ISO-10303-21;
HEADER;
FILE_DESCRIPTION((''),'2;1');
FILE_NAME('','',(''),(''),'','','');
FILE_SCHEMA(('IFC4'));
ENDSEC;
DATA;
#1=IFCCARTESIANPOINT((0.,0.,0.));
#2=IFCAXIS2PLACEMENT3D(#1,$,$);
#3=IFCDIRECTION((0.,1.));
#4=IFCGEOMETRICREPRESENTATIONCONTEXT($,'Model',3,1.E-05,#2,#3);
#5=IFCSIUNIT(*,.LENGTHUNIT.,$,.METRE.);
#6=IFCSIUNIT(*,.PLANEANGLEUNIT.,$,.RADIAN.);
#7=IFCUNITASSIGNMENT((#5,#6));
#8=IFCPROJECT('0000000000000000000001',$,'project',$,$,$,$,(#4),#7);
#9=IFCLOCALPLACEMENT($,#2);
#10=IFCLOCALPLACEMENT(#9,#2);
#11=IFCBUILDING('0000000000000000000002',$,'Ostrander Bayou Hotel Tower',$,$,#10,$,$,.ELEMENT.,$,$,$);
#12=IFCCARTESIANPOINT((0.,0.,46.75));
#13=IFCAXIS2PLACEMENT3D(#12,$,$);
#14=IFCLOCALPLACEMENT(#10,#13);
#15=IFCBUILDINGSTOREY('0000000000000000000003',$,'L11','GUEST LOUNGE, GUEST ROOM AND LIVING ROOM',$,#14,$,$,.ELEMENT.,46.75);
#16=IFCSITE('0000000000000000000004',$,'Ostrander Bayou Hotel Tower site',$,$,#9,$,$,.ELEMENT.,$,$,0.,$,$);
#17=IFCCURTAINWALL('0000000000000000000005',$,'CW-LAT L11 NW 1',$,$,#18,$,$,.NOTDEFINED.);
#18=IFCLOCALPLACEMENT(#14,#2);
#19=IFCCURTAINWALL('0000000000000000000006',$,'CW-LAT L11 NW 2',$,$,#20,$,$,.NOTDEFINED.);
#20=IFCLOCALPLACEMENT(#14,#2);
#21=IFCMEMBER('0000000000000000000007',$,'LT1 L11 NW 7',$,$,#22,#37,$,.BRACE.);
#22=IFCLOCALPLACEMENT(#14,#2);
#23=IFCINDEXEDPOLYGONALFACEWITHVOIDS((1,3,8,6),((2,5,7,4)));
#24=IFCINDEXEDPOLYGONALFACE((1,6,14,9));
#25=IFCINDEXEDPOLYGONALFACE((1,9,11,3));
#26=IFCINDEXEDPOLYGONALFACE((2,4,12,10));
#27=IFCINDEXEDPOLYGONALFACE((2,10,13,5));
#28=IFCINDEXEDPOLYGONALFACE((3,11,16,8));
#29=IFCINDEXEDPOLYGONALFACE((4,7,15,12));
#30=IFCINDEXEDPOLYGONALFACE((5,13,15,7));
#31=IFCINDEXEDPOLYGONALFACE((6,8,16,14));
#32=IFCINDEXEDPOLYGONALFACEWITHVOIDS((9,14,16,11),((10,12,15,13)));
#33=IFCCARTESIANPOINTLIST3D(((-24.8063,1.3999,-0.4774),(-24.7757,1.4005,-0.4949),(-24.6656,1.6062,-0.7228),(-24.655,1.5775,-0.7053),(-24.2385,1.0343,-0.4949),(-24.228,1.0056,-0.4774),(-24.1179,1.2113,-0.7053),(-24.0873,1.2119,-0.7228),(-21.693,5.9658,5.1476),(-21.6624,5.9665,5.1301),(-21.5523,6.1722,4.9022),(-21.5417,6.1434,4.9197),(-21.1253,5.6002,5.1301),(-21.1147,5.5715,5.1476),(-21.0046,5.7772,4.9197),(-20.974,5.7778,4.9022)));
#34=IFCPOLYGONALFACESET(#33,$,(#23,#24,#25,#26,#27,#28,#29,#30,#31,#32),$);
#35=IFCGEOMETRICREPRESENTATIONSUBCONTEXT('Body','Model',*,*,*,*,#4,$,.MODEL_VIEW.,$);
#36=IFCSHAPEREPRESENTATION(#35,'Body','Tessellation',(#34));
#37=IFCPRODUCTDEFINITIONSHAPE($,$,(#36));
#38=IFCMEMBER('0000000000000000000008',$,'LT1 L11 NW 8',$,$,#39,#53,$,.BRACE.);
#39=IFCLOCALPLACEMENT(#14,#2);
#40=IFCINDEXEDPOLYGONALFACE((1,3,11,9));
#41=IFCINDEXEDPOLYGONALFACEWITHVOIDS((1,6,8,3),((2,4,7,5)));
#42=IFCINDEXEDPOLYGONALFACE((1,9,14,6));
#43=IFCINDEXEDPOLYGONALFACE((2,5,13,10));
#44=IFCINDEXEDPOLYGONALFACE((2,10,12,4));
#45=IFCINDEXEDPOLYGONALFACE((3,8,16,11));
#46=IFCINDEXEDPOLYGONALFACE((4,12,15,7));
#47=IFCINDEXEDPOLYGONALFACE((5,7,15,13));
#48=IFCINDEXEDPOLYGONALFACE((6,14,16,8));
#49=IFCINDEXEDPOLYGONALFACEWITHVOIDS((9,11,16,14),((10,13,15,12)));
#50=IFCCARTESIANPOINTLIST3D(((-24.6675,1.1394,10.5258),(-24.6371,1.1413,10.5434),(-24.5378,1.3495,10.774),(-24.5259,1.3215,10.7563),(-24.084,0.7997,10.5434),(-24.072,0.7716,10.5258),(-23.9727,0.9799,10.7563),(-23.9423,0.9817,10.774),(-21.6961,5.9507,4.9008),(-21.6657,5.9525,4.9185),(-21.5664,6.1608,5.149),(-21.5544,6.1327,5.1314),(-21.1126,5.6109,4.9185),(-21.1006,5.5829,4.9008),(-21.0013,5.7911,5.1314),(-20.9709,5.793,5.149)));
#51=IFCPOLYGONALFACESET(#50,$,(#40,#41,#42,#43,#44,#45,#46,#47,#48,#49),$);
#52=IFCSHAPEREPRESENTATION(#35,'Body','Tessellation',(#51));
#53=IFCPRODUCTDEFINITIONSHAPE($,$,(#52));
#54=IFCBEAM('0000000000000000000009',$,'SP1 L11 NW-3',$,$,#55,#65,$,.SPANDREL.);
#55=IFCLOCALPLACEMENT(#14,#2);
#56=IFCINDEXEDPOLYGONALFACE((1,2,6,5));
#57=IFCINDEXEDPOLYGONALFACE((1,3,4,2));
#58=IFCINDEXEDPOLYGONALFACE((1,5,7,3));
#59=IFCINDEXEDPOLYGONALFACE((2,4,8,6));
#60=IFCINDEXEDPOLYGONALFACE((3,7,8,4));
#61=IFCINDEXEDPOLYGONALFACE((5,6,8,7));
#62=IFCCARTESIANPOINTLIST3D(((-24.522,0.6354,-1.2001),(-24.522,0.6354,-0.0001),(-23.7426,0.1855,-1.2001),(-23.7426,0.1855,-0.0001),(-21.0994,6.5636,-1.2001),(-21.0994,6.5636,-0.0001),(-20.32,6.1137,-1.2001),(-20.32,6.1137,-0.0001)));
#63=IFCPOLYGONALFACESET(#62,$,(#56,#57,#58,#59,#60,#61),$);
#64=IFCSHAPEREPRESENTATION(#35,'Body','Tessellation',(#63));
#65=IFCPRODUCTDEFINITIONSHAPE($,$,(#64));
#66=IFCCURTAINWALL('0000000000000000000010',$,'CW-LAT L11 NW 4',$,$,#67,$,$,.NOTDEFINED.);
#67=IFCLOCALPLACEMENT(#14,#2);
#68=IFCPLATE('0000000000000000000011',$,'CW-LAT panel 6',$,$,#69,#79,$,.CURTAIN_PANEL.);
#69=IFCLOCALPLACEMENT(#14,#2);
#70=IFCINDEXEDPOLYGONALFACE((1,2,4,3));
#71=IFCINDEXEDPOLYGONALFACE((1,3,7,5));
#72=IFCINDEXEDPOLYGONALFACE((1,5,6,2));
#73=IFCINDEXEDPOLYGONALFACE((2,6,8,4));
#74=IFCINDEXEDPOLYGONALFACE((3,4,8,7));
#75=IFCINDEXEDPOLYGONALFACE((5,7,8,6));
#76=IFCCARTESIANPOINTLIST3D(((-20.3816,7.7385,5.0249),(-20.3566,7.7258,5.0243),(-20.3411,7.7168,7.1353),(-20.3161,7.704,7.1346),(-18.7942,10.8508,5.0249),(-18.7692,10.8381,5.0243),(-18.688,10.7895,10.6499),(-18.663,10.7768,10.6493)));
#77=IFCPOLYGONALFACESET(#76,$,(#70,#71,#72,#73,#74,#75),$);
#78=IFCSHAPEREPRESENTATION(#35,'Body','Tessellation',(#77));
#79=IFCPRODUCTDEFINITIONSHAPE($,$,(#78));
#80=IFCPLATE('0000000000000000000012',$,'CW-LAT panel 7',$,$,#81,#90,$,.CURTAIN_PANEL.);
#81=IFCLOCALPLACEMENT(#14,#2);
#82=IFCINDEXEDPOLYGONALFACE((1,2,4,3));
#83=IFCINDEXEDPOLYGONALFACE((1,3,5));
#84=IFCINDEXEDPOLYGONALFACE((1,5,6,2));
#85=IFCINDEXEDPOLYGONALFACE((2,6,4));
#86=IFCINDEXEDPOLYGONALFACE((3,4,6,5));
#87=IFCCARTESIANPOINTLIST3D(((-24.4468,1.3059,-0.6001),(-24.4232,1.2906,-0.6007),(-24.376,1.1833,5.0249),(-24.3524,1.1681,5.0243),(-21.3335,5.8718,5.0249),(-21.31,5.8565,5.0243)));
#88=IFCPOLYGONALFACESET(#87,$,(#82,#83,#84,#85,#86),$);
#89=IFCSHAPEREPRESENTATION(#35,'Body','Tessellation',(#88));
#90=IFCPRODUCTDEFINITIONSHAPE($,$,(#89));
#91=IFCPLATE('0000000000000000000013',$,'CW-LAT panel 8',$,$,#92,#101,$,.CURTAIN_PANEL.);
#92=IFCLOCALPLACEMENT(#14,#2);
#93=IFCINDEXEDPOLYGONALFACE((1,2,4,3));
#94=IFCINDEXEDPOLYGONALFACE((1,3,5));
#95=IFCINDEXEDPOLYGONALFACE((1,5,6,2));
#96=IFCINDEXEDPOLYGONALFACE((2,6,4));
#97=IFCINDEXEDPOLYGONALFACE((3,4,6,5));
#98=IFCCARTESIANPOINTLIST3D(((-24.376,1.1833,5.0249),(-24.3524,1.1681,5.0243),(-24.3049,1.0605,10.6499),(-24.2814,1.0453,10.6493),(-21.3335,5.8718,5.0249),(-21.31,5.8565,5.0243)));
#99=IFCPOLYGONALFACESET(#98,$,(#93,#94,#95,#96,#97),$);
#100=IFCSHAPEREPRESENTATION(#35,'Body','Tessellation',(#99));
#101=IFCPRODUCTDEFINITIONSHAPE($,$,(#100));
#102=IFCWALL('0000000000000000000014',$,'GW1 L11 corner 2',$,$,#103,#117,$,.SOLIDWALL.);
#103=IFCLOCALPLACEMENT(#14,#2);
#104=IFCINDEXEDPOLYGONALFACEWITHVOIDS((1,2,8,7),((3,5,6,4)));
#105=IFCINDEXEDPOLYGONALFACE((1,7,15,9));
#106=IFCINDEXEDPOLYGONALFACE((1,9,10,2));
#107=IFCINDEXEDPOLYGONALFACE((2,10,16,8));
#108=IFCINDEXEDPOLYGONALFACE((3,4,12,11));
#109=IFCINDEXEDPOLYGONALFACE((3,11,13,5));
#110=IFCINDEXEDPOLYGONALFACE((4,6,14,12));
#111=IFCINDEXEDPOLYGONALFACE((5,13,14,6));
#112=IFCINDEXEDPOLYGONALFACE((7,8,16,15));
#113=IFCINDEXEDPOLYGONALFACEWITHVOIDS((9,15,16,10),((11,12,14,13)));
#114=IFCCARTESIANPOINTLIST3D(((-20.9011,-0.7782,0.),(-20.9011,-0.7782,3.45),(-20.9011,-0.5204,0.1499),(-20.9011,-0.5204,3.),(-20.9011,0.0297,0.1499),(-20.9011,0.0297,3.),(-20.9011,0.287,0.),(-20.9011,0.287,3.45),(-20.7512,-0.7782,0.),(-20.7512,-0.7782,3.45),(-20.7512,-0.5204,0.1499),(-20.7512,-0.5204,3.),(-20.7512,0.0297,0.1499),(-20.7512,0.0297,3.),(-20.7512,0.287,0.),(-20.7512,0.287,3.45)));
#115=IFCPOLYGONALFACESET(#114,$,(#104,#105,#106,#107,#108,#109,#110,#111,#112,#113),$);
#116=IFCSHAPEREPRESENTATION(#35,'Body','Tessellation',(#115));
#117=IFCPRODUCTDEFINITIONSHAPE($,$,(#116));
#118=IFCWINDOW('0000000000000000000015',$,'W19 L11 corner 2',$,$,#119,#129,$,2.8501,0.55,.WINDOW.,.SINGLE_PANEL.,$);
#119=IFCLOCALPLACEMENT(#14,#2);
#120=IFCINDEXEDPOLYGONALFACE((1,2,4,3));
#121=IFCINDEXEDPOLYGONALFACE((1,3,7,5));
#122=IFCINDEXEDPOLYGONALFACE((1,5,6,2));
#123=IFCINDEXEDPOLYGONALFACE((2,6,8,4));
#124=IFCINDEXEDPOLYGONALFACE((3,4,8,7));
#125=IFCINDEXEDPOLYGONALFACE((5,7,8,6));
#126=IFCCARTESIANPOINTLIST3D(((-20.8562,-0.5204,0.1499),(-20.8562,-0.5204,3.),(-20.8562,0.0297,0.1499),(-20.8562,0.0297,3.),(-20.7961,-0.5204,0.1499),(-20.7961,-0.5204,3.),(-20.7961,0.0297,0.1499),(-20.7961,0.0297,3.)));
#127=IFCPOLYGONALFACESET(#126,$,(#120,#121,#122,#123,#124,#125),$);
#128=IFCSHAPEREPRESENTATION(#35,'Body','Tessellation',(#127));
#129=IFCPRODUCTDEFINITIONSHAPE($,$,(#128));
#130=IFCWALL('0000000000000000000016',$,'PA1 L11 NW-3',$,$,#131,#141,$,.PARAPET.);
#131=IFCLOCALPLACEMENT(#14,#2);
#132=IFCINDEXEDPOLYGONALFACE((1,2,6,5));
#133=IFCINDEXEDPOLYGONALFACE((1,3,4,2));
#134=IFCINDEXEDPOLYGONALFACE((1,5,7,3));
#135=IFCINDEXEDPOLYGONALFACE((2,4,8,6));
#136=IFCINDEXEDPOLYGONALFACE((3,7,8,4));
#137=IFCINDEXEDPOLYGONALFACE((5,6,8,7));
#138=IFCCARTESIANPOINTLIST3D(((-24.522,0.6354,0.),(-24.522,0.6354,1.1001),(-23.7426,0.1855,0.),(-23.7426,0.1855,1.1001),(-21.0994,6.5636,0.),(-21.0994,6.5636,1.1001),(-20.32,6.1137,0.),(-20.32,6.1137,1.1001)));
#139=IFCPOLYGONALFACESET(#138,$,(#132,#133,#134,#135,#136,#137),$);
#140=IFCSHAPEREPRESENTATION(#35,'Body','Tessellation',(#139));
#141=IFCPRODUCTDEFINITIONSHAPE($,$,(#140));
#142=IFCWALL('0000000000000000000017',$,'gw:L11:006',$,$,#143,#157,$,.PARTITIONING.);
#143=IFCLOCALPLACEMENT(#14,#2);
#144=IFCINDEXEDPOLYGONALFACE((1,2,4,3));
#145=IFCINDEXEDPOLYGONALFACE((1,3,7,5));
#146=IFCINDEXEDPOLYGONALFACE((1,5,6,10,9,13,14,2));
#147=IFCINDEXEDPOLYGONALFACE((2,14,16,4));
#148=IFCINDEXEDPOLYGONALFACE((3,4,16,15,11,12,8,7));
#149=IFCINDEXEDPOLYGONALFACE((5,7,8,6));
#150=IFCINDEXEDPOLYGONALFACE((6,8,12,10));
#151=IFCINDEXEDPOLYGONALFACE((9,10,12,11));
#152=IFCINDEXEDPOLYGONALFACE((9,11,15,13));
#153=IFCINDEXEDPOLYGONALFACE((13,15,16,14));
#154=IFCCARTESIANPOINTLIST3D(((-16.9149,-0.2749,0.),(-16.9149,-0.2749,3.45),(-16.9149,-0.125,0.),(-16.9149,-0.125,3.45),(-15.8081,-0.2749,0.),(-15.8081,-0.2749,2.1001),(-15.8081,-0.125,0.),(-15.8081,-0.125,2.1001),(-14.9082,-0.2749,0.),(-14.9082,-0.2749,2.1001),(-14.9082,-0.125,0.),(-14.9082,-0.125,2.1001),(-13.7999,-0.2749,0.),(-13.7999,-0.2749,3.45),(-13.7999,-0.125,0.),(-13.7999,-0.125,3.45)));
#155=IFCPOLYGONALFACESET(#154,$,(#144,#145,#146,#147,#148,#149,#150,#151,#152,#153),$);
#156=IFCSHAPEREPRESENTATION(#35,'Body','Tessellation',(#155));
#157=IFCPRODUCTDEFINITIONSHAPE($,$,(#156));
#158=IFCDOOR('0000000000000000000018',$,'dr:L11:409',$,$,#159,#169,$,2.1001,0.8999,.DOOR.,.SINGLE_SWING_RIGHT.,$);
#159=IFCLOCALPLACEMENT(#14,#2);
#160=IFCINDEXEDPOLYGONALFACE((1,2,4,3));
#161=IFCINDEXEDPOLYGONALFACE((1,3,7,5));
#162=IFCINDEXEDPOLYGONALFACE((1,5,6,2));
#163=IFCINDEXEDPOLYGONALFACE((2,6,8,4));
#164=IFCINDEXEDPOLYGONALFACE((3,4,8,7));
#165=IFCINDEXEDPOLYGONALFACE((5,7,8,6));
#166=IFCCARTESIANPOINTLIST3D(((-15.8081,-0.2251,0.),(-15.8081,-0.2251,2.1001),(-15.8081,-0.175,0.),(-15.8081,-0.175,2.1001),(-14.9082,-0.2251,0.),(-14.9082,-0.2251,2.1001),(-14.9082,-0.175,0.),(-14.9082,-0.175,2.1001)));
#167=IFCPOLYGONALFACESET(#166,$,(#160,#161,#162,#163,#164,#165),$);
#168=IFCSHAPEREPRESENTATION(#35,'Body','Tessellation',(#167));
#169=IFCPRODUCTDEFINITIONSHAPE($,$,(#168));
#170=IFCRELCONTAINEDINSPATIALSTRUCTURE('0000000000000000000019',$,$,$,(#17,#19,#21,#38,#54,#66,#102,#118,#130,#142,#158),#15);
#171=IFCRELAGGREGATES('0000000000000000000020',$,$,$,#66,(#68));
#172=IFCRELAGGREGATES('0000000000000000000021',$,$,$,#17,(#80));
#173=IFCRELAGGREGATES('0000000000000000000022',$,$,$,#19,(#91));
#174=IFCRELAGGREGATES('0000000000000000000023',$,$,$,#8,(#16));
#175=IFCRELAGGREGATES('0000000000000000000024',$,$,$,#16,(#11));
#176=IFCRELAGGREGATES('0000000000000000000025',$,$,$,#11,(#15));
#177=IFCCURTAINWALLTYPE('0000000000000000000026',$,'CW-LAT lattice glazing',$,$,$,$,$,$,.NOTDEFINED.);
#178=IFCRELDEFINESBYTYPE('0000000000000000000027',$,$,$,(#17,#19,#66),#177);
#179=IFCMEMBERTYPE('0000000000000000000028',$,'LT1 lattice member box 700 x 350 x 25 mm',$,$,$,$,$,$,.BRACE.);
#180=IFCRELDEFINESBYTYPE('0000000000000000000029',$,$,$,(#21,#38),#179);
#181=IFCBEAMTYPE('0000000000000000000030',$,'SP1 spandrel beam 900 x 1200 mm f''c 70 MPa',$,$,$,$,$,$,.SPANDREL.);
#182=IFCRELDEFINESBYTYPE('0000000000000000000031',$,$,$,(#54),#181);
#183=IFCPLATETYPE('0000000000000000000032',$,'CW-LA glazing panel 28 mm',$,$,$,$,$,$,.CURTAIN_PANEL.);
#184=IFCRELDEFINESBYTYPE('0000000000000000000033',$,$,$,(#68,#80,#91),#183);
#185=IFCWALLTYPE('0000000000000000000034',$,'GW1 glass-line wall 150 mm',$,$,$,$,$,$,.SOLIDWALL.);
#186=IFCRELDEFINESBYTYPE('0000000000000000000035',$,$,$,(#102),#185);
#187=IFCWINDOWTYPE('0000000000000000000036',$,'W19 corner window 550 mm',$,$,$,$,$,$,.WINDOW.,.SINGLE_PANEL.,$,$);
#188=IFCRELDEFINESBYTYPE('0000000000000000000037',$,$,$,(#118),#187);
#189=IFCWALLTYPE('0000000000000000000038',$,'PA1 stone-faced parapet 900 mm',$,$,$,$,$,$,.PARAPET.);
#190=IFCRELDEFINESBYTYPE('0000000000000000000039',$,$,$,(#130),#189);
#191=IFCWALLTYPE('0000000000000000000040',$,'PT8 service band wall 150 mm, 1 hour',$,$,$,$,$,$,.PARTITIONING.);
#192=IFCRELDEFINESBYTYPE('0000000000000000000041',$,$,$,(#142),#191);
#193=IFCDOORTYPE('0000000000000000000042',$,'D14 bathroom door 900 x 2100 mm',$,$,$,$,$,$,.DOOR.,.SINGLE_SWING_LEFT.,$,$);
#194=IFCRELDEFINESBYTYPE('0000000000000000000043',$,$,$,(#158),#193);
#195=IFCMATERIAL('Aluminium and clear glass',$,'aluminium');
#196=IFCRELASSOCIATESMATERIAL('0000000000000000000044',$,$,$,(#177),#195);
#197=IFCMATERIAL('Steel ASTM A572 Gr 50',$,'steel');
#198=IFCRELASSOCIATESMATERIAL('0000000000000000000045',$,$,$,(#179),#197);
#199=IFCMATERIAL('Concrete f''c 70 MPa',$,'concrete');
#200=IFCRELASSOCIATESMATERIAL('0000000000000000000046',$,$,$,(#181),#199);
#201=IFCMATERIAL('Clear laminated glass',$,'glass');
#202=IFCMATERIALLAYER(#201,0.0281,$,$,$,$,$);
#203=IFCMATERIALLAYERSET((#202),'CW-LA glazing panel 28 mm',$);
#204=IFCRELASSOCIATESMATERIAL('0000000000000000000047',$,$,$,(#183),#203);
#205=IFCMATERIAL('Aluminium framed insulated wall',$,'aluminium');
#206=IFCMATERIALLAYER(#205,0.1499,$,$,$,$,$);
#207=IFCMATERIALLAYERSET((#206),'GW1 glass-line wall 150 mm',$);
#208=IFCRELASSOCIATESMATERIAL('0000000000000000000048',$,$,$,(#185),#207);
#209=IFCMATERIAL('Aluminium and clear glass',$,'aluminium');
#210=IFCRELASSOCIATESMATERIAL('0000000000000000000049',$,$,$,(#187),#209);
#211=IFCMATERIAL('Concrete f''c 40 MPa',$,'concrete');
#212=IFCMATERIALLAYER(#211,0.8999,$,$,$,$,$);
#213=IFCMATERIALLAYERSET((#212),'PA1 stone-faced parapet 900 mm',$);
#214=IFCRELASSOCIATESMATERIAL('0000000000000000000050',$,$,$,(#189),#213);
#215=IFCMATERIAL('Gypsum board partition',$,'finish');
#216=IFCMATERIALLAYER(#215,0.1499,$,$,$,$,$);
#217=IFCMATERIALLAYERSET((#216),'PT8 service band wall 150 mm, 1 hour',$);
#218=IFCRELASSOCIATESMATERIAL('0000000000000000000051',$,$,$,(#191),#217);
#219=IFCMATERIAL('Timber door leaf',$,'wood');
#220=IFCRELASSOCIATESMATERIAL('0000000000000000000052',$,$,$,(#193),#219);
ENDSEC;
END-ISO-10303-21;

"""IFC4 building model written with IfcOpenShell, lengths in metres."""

from ifc_helpers import new_model, si_unit, direction, frame, frame_2d, origin, origin_2d, place, context, subcontext, project, spatial, polyline, rectangle, hollow_rectangle, outline, extrude, material, layer, layer_set, material_profile, profile_set, type_object, element, fill, aggregate, save


model = new_model("IFC4")

# Units and contexts
model_context = context("Model", 3, precision=1e-05, world=origin(), true_north=direction((0.0, 1.0)))
body_context = subcontext(model_context, "Body", "Model", "MODEL_VIEW")
ifc_project = project(units=[si_unit("LENGTHUNIT", "METRE"), si_unit("PLANEANGLEUNIT", "RADIAN")], contexts=[model_context])

# Site, building, storey
site_placement = place(None, origin())
site = spatial("IfcSite", under=ifc_project, at=site_placement, Name="Ostrander Bayou Hotel Tower site", CompositionType="ELEMENT", RefElevation=0.0)
building_placement = place(site_placement, origin())
building = spatial("IfcBuilding", under=site, at=building_placement, Name="Ostrander Bayou Hotel Tower", CompositionType="ELEMENT")
storey_placement = place(building_placement, frame((0.0, 0.0, 46.75)))
storey = spatial("IfcBuildingStorey", under=building, at=storey_placement, Name="L11", Description="GUEST LOUNGE, GUEST ROOM AND LIVING ROOM", CompositionType="ELEMENT", Elevation=46.75)

# Curtain wall
ifc_material_1 = material(Name="Aluminium and clear glass", Category="aluminium")
curtain_wall_type = type_object("IfcCurtainWallType", Name="CW-LAT lattice glazing", PredefinedType="NOTDEFINED", material=ifc_material_1)
curtain_wall_1_placement = place(storey_placement, origin())
curtain_wall_1 = element("IfcCurtainWall", 1, at=curtain_wall_1_placement, inside=storey, type_object=curtain_wall_type, Name="CW-LAT L11 NW 1", PredefinedType="NOTDEFINED")

# Curtain wall
curtain_wall_2_placement = place(storey_placement, origin())
curtain_wall_2 = element("IfcCurtainWall", 2, at=curtain_wall_2_placement, inside=storey, type_object=curtain_wall_type, Name="CW-LAT L11 NW 2", PredefinedType="NOTDEFINED")

# Members
ifc_material_2 = material(Name="Steel ASTM A572 Gr 50", Category="steel")
ifc_material_profile_1 = material_profile(ifc_material_2, hollow_rectangle(XDim=0.7, YDim=0.3501, WallThickness=0.0249, at=origin_2d()))
ifc_profile_set_1 = profile_set([ifc_material_profile_1], Name="Steel ASTM A572 Gr 50")
member_type_1 = type_object("IfcMemberType", Name="LT1 lattice member box 700 x 350 x 25 mm", PredefinedType="BRACE", material=ifc_profile_set_1)
member_1_placement = place(storey_placement, frame((-21.3335, 5.8718, 5.0249), z_axis=(-0.394812, -0.579029, -0.713337), x_axis=(0.826214, -0.563356, 0.0)))
element("IfcMember", 3, at=member_1_placement, inside=storey, type_object=member_type_1, Name="LT1 L11 NW 7", PredefinedType="BRACE", context=body_context, shape_type="SweptSolid", body=[
    extrude(hollow_rectangle(XDim=0.7, YDim=0.3501, WallThickness=0.0249, at=origin_2d()), origin(), (0.0, 0.0, 1.0), 7.8855),
])
member_2_placement = place(storey_placement, frame((-21.3335, 5.8718, 5.0249), z_axis=(-0.372542, -0.603211, 0.70523), x_axis=(0.850817, -0.525463, 0.0)))
element("IfcMember", 4, at=member_2_placement, inside=storey, type_object=member_type_1, Name="LT1 L11 NW 8", PredefinedType="BRACE", context=body_context, shape_type="SweptSolid", body=[
    extrude(hollow_rectangle(XDim=0.7, YDim=0.3501, WallThickness=0.0249, at=origin_2d()), origin(), (0.0, 0.0, 1.0), 7.9761),
])

# Beam
ifc_material_3 = material(Name="Concrete f'c 70 MPa", Category="concrete")
ifc_material_profile_2 = material_profile(ifc_material_3, rectangle(XDim=0.8999, YDim=1.2, at=origin_2d()))
ifc_profile_set_2 = profile_set([ifc_material_profile_2], Name="Concrete f'c 70 MPa")
beam_type_1 = type_object("IfcBeamType", Name="SP1 spandrel beam 900 x 1200 mm f'c 70 MPa", PredefinedType="SPANDREL", material=ifc_profile_set_2)
beam_1_placement = place(storey_placement, frame((-20.7097, 6.3386, -0.6001), z_axis=(-0.499994, -0.866029, 0.0), x_axis=(0.866029, -0.499994, 0.0)))
element("IfcBeam", 5, at=beam_1_placement, inside=storey, type_object=beam_type_1, Name="SP1 L11 NW-3", PredefinedType="SPANDREL", context=body_context, shape_type="SweptSolid", body=[
    extrude(rectangle(XDim=0.8999, YDim=1.2, at=origin_2d()), origin(), (0.0, 0.0, 1.0), 6.8452),
])

# Curtain wall, plate
curtain_wall_3_placement = place(storey_placement, origin())
curtain_wall_3 = element("IfcCurtainWall", 6, at=curtain_wall_3_placement, inside=storey, type_object=curtain_wall_type, Name="CW-LAT L11 NW 4", PredefinedType="NOTDEFINED")
ifc_material_4 = material(Name="Clear laminated glass", Category="glass")
ifc_layer_1 = layer(ifc_material_4, 0.0281)
ifc_layer_set_1 = layer_set([ifc_layer_1], Name="CW-LA glazing panel 28 mm")
plate_type = type_object("IfcPlateType", Name="CW-LA glazing panel 28 mm", PredefinedType="CURTAIN_PANEL", material=ifc_layer_set_1)
plate_1_placement = place(storey_placement, frame((-20.3411, 7.7168, 7.1353), z_axis=(-0.890613, 0.454241, 0.021768), x_axis=(0.333791, 0.620443, 0.709672)))
plate_1 = element("IfcPlate", 7, at=plate_1_placement, type_object=plate_type, Name="CW-LAT panel 6", PredefinedType="CURTAIN_PANEL", context=body_context, shape_type="SweptSolid", body=[
    extrude(outline(polyline([(0.0, 0.0), (4.9525, 0.0), (0.9632, 3.9675), (-1.4977, 1.4875), (0.0, 0.0)])), origin(), (0.0, 0.0, -1.0), 0.0281),
])
aggregate(curtain_wall_3, [plate_1])

# Plates
plate_2_placement = place(storey_placement, frame((-21.3335, 5.8718, 5.0249), z_axis=(-0.838644, 0.544219, 0.022413), x_axis=(-0.394812, -0.579029, -0.713337)))
plate_2 = element("IfcPlate", 8, at=plate_2_placement, type_object=plate_type, Name="CW-LAT panel 7", PredefinedType="CURTAIN_PANEL", context=body_context, shape_type="SweptSolid", body=[
    extrude(outline(polyline([(0.0, 0.0), (7.8855, 0.0), (3.916, 3.9879), (0.0, 0.0)])), origin(), (0.0, 0.0, -1.0), 0.0281),
])
aggregate(curtain_wall_1, [plate_2])
plate_3_placement = place(storey_placement, frame((-21.3335, 5.8718, 5.0249), z_axis=(-0.838643, 0.544218, 0.022473), x_axis=(-0.372542, -0.603211, 0.70523)))
plate_3 = element("IfcPlate", 9, at=plate_3_placement, type_object=plate_type, Name="CW-LAT panel 8", PredefinedType="CURTAIN_PANEL", context=body_context, shape_type="SweptSolid", body=[
    extrude(outline(polyline([(0.0, 0.0), (7.9761, 0.0), (3.9616, -3.9426), (0.0, 0.0)])), origin(), (0.0, 0.0, -1.0), 0.0281),
])
aggregate(curtain_wall_2, [plate_3])

# Wall, opening, window
ifc_material_5 = material(Name="Aluminium framed insulated wall", Category="aluminium")
ifc_layer_2 = layer(ifc_material_5, 0.1499)
ifc_layer_set_2 = layer_set([ifc_layer_2], Name="GW1 glass-line wall 150 mm")
wall_type_1 = type_object("IfcWallType", Name="GW1 glass-line wall 150 mm", PredefinedType="SOLIDWALL", material=ifc_layer_set_2)
wall_1_placement = place(storey_placement, frame((-20.8262, 0.2871, 0.0), z_axis=(0.0, 0.0, 1.0), x_axis=(0.0, -1.0, 0.0)))
wall_1 = element("IfcWall", 10, at=wall_1_placement, inside=storey, type_object=wall_type_1, Name="GW1 L11 corner 2", PredefinedType="SOLIDWALL", context=body_context, shape_type="SweptSolid", body=[
    extrude(rectangle(XDim=1.0652, YDim=0.1499, at=frame_2d((0.5327, 0.0))), origin(), (0.0, 0.0, 1.0), 3.45),
])
opening_1_placement = place(wall_1_placement, frame((0.2576, 0.0, 0.1499)))
opening_1 = element("IfcOpeningElement", 11, at=opening_1_placement, cuts=wall_1, PredefinedType="OPENING", context=body_context, shape_type="SweptSolid", body=[
    extrude(rectangle(XDim=0.55, YDim=2.8501, at=frame_2d((0.2749, 1.425))), frame((0.0, 0.075, 0.0), z_axis=(0.0, -1.0, 0.0), x_axis=(1.0, 0.0, 0.0)), (0.0, 0.0, 1.0), 0.1499),
])
ifc_material_6 = material(Name="Aluminium and clear glass", Category="aluminium")
window_type = type_object("IfcWindowType", Name="W19 corner window 550 mm", PartitioningType="SINGLE_PANEL", PredefinedType="WINDOW", material=ifc_material_6)
window_placement = place(opening_1_placement, origin())
window = element("IfcWindow", 12, at=window_placement, inside=storey, type_object=window_type, Name="W19 L11 corner 2", OverallHeight=2.8501, OverallWidth=0.55, PartitioningType="SINGLE_PANEL", PredefinedType="WINDOW", context=body_context, shape_type="SweptSolid", body=[
    extrude(rectangle(XDim=0.55, YDim=2.8501, at=frame_2d((0.2749, 1.425))), frame((0.0, 0.03, 0.0), z_axis=(0.0, -1.0, 0.0), x_axis=(1.0, 0.0, 0.0)), (0.0, 0.0, 1.0), 0.0601),
])
fill(opening_1, window)

# Wall
ifc_material_7 = material(Name="Concrete f'c 40 MPa", Category="concrete")
ifc_layer_3 = layer(ifc_material_7, 0.8999)
ifc_layer_set_3 = layer_set([ifc_layer_3], Name="PA1 stone-faced parapet 900 mm")
wall_type_2 = type_object("IfcWallType", Name="PA1 stone-faced parapet 900 mm", PredefinedType="PARAPET", material=ifc_layer_set_3)
wall_2_placement = place(storey_placement, frame((-20.7097, 6.3386, 0.0), z_axis=(0.0, 0.0, 1.0), x_axis=(-0.499994, -0.866029, 0.0)))
element("IfcWall", 13, at=wall_2_placement, inside=storey, type_object=wall_type_2, Name="PA1 L11 NW-3", PredefinedType="PARAPET", context=body_context, shape_type="SweptSolid", body=[
    extrude(rectangle(XDim=6.8452, YDim=0.8999, at=frame_2d((3.4226, 0.0))), origin(), (0.0, 0.0, 1.0), 1.1001),
])

# Wall, opening, door
ifc_material_8 = material(Name="Gypsum board partition", Category="finish")
ifc_layer_4 = layer(ifc_material_8, 0.1499)
ifc_layer_set_4 = layer_set([ifc_layer_4], Name="PT8 service band wall 150 mm, 1 hour")
wall_type_3 = type_object("IfcWallType", Name="PT8 service band wall 150 mm, 1 hour", PredefinedType="PARTITIONING", material=ifc_layer_set_4)
wall_3_placement = place(storey_placement, frame((-16.915, -0.2, 0.0), z_axis=(0.0, 0.0, 1.0), x_axis=(1.0, 0.0, 0.0)))
wall_3 = element("IfcWall", 14, at=wall_3_placement, inside=storey, type_object=wall_type_3, Name="gw:L11:006", PredefinedType="PARTITIONING", context=body_context, shape_type="SweptSolid", body=[
    extrude(rectangle(XDim=3.115, YDim=0.1499, at=frame_2d((1.5576, 0.0))), origin(), (0.0, 0.0, 1.0), 3.45),
])
opening_2_placement = place(wall_3_placement, frame((1.1069, 0.0, 0.0)))
opening_2 = element("IfcOpeningElement", 15, at=opening_2_placement, cuts=wall_3, PredefinedType="OPENING", context=body_context, shape_type="SweptSolid", body=[
    extrude(rectangle(XDim=0.8999, YDim=2.1001, at=frame_2d((0.45, 1.05))), frame((0.0, 0.075, 0.0), z_axis=(0.0, -1.0, 0.0), x_axis=(1.0, 0.0, 0.0)), (0.0, 0.0, 1.0), 0.1499),
])
ifc_material_9 = material(Name="Timber door leaf", Category="wood")
door_type = type_object("IfcDoorType", Name="D14 bathroom door 900 x 2100 mm", OperationType="SINGLE_SWING_LEFT", PredefinedType="DOOR", material=ifc_material_9)
door_placement = place(opening_2_placement, origin())
door = element("IfcDoor", 16, at=door_placement, inside=storey, type_object=door_type, Name="dr:L11:409", OperationType="SINGLE_SWING_RIGHT", OverallHeight=2.1001, OverallWidth=0.8999, PredefinedType="DOOR", context=body_context, shape_type="SweptSolid", body=[
    extrude(rectangle(XDim=0.8999, YDim=2.1001, at=frame_2d((0.45, 1.05))), frame((0.0, 0.0249, 0.0), z_axis=(0.0, -1.0, 0.0), x_axis=(1.0, 0.0, 0.0)), (0.0, 0.0, 1.0), 0.05),
])
fill(opening_2, door)

save(model, "model.ifc")
